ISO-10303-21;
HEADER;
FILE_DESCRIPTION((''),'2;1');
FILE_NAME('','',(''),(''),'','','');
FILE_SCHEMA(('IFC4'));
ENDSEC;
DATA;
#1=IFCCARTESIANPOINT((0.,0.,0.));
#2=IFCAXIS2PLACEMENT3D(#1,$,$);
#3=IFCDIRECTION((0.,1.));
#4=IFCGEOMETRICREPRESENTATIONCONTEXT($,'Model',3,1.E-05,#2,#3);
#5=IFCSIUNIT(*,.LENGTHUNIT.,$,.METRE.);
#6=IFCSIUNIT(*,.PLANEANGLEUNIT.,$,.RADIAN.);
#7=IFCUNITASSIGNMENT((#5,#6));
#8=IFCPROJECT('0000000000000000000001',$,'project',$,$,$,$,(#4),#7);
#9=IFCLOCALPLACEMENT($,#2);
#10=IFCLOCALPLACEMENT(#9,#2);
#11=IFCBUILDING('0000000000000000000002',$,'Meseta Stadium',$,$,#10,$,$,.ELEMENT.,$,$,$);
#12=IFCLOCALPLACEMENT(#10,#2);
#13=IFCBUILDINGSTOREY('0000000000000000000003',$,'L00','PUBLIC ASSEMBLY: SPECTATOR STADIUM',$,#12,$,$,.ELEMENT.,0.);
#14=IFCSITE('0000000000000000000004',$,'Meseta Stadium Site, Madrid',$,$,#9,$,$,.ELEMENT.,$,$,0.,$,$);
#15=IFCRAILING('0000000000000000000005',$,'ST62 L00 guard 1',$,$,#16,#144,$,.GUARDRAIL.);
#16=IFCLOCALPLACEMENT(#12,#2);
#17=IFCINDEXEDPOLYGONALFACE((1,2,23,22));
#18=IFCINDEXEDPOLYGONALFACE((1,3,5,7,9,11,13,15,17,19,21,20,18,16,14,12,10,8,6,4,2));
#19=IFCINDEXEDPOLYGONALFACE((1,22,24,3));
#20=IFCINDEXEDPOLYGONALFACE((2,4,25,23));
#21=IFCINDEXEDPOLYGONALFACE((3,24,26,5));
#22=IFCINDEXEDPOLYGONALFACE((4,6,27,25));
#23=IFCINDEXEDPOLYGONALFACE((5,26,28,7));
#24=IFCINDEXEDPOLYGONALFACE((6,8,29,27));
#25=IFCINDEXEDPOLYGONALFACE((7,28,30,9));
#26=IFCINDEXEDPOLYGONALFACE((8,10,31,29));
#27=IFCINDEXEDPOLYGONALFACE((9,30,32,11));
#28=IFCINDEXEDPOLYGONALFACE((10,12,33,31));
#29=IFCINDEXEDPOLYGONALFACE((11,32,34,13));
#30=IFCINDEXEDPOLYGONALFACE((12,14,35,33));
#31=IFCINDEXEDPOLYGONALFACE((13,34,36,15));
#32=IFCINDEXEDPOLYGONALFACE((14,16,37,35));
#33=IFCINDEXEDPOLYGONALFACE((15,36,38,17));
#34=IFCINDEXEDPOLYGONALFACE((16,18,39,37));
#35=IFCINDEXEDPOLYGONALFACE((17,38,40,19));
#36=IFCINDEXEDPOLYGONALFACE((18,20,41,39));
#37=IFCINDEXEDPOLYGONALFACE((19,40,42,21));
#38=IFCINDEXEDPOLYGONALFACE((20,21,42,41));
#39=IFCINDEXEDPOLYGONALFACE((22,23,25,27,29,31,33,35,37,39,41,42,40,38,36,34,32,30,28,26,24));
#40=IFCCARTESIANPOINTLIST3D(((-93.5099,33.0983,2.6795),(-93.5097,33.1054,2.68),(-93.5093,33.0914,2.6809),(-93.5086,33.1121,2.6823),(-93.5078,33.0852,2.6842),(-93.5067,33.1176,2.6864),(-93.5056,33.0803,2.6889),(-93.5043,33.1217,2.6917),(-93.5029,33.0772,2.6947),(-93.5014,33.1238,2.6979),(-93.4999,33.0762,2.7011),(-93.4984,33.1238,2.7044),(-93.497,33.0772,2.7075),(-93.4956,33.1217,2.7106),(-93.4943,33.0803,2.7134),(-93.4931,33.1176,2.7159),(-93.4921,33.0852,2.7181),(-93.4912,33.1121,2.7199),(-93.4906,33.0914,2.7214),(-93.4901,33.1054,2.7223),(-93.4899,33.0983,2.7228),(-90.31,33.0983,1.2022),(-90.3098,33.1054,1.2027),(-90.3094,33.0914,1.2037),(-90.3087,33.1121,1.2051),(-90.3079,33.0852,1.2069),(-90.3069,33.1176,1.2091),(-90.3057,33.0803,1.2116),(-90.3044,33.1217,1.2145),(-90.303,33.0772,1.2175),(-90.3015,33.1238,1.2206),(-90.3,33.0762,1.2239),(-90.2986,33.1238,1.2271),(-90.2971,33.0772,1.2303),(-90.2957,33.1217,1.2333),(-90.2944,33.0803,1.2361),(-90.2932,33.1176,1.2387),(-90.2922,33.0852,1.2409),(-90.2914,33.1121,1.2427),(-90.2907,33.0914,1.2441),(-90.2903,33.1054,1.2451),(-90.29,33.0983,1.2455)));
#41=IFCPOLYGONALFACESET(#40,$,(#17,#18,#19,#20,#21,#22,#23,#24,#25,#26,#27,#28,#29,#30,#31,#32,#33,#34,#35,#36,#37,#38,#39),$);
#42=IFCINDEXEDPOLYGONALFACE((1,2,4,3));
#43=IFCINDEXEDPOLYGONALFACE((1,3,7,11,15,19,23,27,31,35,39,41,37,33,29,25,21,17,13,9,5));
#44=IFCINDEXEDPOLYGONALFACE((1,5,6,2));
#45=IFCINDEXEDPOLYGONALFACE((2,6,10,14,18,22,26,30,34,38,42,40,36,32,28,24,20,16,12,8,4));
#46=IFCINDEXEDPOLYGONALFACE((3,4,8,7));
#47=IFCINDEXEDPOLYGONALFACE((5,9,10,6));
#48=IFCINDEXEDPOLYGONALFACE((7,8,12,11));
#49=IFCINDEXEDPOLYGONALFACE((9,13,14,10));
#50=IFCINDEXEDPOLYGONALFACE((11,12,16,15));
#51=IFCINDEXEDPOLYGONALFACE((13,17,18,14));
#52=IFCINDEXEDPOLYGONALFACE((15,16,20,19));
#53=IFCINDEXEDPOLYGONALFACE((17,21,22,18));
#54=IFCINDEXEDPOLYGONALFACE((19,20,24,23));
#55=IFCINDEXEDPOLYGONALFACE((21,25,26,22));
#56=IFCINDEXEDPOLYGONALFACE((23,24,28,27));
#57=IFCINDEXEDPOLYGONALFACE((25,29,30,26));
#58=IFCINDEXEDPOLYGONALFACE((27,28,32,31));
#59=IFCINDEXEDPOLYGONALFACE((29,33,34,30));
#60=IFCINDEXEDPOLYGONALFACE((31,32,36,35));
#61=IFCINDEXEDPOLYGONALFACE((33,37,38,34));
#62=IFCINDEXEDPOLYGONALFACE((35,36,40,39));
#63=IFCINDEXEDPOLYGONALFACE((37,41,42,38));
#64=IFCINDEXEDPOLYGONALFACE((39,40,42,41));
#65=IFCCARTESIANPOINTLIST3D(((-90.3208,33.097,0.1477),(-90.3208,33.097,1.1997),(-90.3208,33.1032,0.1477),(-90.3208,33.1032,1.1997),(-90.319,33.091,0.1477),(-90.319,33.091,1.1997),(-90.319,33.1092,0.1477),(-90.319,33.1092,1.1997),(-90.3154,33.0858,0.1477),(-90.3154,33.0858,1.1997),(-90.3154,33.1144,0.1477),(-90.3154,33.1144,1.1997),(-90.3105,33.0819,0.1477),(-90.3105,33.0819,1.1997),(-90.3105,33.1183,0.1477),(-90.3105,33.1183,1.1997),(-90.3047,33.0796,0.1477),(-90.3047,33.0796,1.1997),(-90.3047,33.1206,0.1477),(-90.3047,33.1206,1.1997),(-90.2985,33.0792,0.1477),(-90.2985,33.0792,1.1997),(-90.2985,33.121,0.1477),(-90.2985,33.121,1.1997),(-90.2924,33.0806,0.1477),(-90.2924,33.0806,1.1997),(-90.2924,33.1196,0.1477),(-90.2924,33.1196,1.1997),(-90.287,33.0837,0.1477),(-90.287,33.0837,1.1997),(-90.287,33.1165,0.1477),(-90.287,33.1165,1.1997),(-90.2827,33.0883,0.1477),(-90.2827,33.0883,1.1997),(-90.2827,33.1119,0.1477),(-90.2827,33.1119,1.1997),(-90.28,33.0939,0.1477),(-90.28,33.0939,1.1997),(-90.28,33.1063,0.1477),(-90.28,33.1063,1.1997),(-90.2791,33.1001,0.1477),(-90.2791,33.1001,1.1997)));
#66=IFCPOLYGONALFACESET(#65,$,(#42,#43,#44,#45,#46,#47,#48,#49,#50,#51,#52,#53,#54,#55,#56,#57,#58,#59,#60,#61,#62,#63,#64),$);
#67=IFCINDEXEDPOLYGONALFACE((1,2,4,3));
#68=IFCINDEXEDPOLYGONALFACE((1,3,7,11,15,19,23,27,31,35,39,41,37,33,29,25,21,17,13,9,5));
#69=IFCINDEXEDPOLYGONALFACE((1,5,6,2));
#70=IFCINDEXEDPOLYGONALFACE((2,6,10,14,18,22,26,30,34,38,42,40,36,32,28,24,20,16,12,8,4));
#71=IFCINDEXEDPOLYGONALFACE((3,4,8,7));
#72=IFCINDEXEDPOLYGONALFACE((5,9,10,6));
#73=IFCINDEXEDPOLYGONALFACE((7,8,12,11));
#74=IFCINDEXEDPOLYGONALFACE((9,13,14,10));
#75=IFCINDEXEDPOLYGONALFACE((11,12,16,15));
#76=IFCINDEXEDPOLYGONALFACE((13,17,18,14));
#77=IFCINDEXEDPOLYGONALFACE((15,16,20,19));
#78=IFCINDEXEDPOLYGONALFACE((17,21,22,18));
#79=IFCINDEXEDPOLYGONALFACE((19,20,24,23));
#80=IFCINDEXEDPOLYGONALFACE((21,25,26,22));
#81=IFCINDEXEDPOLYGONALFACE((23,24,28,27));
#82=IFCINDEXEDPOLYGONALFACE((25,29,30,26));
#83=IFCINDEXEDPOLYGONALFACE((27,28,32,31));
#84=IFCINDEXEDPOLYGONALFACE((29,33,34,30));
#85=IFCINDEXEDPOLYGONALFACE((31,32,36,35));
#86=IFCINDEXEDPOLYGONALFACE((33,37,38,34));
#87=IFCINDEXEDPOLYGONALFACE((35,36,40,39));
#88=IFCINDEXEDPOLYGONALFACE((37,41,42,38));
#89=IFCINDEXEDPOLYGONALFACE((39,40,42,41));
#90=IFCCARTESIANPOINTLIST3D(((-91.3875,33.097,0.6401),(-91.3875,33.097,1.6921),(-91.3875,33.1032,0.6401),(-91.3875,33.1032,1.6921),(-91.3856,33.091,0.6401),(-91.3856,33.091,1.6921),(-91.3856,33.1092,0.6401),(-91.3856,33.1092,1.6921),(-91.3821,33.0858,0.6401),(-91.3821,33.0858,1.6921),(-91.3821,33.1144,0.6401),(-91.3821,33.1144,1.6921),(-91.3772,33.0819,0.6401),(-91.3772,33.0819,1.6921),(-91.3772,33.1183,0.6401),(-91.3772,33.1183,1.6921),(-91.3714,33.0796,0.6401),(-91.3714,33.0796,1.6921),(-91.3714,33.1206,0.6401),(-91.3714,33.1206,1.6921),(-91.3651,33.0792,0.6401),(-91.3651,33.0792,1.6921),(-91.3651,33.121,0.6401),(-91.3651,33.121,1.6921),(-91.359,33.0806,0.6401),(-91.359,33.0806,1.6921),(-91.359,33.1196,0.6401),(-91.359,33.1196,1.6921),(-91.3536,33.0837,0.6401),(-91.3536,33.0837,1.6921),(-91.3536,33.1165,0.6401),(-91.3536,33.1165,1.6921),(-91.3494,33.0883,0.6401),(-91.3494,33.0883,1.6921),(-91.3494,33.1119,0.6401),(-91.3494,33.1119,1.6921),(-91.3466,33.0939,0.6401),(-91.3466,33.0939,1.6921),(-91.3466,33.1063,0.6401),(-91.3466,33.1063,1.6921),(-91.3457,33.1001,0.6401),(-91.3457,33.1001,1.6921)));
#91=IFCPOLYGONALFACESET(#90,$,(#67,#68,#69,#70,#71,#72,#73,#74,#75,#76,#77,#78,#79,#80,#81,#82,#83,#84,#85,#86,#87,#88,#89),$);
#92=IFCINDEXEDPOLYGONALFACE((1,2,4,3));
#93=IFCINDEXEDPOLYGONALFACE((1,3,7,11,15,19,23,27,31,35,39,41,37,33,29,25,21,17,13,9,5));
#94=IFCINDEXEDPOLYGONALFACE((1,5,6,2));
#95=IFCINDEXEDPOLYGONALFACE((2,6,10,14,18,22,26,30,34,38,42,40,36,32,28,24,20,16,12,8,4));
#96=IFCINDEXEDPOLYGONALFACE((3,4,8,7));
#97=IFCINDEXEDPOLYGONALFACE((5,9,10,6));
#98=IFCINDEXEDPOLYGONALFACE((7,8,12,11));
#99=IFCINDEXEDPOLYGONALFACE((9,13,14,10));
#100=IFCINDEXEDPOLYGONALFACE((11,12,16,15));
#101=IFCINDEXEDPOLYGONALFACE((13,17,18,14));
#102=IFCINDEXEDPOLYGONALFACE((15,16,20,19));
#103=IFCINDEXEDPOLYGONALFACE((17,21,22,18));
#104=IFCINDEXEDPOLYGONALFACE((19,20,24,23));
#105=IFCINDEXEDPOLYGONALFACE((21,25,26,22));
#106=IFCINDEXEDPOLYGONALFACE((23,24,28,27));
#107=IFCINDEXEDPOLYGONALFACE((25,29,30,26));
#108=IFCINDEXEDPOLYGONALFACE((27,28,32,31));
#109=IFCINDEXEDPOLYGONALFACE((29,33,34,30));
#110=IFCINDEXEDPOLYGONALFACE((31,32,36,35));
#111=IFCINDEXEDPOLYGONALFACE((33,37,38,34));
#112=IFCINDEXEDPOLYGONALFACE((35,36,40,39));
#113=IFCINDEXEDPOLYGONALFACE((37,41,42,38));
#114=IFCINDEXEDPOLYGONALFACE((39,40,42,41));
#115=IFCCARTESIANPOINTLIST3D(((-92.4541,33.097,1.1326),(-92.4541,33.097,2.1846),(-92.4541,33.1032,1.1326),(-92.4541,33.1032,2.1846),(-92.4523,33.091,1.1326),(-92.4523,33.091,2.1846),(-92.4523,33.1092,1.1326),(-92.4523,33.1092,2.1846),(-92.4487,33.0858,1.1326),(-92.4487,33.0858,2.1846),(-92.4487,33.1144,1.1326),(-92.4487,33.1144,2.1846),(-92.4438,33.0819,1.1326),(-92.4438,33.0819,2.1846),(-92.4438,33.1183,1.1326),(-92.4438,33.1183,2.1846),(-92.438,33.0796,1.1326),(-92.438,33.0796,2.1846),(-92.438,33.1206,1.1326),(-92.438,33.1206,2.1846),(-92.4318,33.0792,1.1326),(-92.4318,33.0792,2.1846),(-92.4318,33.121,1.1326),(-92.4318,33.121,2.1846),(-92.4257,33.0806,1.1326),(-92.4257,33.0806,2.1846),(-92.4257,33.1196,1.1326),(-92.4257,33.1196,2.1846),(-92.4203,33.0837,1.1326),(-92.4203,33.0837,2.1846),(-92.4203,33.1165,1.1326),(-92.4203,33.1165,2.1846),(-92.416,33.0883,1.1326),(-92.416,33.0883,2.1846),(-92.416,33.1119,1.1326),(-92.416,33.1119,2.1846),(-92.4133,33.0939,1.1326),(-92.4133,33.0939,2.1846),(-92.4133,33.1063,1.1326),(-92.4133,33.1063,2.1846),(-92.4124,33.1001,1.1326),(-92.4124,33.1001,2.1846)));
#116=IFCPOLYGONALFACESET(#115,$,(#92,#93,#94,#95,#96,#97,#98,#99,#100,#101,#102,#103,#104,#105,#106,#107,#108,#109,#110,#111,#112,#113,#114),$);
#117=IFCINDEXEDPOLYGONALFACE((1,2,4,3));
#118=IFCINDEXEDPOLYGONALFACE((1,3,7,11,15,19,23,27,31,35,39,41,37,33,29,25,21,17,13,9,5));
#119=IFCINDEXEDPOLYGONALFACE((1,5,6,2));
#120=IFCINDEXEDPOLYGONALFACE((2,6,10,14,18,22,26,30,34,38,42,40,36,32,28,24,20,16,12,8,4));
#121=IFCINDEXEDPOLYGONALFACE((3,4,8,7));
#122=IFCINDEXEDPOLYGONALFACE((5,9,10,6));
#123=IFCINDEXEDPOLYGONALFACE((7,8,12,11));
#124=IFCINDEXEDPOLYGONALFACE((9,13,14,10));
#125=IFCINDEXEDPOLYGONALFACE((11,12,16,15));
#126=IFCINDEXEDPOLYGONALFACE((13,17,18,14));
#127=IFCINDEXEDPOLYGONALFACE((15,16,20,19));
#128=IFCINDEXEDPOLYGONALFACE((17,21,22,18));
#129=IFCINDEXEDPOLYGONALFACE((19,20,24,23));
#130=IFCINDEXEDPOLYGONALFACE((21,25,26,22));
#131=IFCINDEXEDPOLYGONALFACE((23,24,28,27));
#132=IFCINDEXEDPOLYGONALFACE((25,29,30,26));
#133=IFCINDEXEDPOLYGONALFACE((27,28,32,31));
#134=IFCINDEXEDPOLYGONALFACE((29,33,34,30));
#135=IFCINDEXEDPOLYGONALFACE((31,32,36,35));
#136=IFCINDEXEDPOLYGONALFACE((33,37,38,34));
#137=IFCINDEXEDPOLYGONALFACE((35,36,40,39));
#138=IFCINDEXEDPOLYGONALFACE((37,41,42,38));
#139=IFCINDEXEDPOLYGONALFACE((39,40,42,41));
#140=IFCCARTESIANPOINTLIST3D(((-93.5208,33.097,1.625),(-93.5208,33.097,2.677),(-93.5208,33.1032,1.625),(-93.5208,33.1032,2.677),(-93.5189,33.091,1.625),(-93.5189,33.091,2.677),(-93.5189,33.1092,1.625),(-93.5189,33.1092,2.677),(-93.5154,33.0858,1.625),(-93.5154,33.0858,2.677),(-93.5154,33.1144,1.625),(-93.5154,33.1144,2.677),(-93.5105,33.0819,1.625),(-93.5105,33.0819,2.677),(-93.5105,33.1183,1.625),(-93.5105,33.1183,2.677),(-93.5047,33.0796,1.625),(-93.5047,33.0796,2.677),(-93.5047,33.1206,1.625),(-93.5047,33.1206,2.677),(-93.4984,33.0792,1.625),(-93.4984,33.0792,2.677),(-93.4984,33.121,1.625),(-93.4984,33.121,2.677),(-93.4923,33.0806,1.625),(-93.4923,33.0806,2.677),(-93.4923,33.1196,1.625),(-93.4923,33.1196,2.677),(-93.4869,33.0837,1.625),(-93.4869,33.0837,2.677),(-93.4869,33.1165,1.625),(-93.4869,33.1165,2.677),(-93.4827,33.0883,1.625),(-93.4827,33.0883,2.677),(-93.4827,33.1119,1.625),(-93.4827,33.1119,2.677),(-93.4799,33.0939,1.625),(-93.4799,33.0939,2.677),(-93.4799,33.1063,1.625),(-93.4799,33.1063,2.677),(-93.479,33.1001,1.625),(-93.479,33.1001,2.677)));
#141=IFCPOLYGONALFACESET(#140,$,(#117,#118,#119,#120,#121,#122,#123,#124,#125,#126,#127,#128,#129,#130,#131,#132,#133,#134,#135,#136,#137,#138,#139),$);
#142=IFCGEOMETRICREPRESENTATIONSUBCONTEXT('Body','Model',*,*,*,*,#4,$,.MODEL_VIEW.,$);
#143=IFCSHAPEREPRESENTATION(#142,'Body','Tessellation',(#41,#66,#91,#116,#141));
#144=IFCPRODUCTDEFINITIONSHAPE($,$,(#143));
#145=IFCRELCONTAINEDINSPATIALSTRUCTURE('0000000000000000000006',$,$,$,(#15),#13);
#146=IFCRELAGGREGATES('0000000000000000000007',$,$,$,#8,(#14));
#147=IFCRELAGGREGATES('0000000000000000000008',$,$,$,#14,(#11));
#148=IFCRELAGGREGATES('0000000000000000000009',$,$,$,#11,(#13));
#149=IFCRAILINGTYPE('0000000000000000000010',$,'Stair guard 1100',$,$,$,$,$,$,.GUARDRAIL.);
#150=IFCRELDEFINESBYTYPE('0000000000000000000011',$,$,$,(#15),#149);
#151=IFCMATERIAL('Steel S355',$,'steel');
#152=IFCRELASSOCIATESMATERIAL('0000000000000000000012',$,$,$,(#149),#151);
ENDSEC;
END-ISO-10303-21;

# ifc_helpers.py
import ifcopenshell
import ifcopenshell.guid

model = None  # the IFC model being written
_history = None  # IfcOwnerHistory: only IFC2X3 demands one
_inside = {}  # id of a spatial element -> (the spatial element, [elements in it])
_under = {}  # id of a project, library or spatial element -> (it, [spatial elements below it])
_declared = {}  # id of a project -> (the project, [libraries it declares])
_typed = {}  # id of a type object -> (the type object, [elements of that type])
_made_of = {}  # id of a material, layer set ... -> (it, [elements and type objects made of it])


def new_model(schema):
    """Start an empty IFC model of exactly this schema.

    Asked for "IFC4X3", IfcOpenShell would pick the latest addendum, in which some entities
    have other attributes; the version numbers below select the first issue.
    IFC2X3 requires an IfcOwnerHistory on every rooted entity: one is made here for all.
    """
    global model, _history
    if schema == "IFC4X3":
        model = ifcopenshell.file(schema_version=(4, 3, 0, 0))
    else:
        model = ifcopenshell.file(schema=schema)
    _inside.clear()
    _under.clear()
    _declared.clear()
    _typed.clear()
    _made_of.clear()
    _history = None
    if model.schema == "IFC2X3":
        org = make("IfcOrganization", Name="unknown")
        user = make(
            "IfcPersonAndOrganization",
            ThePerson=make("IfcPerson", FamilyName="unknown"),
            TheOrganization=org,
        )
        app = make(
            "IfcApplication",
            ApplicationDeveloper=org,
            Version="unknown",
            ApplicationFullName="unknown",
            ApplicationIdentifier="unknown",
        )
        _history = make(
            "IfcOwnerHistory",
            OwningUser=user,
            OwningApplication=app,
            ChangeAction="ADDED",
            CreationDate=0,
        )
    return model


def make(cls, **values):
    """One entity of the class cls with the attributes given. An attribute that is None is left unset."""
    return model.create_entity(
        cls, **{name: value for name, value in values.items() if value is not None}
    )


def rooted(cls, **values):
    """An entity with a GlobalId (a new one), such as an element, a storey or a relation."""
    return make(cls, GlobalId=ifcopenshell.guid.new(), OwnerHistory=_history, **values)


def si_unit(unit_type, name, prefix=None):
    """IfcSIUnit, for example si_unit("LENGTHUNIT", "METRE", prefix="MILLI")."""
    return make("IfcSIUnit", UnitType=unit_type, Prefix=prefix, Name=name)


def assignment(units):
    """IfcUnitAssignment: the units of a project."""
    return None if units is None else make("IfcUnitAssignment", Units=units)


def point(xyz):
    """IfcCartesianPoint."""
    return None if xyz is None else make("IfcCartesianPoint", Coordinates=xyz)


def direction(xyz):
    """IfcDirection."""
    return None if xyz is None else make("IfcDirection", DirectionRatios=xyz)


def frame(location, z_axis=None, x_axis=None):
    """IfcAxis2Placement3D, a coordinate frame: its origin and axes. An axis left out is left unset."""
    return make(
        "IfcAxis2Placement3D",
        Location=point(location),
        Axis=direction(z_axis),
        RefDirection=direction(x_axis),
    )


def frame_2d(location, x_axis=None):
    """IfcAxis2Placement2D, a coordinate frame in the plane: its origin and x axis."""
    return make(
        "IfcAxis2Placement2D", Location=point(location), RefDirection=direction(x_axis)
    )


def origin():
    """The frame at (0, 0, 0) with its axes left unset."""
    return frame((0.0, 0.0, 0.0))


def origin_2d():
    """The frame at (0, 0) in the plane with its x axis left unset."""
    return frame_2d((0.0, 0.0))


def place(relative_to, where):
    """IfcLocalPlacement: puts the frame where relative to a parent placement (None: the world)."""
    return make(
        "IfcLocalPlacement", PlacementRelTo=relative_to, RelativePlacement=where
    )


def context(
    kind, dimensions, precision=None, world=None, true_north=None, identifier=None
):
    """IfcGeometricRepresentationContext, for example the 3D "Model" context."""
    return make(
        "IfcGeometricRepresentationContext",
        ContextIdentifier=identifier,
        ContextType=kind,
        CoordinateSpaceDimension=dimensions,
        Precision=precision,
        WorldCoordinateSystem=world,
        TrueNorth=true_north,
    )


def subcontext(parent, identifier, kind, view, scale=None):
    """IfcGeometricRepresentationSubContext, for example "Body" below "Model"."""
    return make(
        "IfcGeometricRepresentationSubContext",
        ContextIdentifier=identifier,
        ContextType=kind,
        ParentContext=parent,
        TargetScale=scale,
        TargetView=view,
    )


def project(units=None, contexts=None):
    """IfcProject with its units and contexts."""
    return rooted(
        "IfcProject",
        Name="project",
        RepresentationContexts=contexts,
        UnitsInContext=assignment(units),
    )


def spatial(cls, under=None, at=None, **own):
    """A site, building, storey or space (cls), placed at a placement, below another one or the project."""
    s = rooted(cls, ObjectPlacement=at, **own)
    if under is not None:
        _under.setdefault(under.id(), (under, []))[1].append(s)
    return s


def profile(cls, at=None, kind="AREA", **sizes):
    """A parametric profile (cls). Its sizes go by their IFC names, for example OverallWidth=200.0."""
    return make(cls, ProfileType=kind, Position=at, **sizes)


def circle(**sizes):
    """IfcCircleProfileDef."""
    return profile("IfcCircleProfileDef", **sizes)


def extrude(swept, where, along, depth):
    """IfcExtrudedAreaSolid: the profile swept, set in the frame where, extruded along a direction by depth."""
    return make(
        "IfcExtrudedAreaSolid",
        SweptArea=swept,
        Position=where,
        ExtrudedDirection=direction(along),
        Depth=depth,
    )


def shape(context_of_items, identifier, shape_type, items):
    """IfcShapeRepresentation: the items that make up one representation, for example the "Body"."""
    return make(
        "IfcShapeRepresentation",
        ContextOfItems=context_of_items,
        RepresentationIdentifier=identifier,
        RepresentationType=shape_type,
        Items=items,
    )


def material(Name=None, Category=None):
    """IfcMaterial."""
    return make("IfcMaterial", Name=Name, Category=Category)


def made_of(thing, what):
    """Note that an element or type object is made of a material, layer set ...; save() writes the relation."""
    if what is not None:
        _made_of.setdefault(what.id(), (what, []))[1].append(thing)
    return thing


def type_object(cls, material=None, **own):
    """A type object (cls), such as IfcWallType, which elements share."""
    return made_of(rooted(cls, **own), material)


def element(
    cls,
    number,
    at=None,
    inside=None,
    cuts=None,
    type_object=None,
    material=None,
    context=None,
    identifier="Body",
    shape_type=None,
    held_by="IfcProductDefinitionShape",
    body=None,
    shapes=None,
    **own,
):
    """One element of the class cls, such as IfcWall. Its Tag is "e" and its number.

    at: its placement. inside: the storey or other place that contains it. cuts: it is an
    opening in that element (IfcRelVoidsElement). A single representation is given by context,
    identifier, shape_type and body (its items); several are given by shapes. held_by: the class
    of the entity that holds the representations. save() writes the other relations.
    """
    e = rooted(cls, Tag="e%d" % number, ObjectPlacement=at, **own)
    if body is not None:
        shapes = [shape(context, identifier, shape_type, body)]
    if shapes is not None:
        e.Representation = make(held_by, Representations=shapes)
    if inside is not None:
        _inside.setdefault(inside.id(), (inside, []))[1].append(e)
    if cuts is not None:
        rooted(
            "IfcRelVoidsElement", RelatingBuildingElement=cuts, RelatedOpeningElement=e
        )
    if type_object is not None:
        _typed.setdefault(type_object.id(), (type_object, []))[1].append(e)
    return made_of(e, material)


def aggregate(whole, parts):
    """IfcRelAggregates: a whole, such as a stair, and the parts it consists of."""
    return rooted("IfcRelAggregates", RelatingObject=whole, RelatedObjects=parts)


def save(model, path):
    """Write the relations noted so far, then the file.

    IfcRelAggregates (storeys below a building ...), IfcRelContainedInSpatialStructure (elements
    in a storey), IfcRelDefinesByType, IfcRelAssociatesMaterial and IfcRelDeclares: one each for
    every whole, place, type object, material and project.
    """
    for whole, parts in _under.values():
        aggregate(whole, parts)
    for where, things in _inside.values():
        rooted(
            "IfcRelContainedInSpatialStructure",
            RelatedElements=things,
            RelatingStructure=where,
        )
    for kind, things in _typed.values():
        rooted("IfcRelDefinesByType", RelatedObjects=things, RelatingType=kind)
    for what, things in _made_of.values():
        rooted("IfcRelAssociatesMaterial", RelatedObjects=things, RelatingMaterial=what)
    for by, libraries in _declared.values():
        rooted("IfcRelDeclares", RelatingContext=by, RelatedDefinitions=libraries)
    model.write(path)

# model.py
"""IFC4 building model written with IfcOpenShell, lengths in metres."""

from ifc_helpers import new_model, si_unit, direction, frame, origin, origin_2d, place, context, subcontext, project, spatial, circle, extrude, material, type_object, element, save


model = new_model("IFC4")

# Units and contexts
model_context = context("Model", 3, precision=1e-05, world=origin(), true_north=direction((0.0, 1.0)))
body_context = subcontext(model_context, "Body", "Model", "MODEL_VIEW")
ifc_project = project(units=[si_unit("LENGTHUNIT", "METRE"), si_unit("PLANEANGLEUNIT", "RADIAN")], contexts=[model_context])

# Site, building, storey
site_placement = place(None, origin())
site = spatial("IfcSite", under=ifc_project, at=site_placement, Name="Meseta Stadium Site, Madrid", CompositionType="ELEMENT", RefElevation=0.0)
building_placement = place(site_placement, origin())
building = spatial("IfcBuilding", under=site, at=building_placement, Name="Meseta Stadium", CompositionType="ELEMENT")
storey_placement = place(building_placement, origin())
storey = spatial("IfcBuildingStorey", under=building, at=storey_placement, Name="L00", Description="PUBLIC ASSEMBLY: SPECTATOR STADIUM", CompositionType="ELEMENT", Elevation=0.0)

# Railing
ifc_material_1 = material(Name="Steel S355", Category="steel")
railing_type_1 = type_object("IfcRailingType", Name="Stair guard 1100", PredefinedType="GUARDRAIL", material=ifc_material_1)
railing_1_placement = place(storey_placement, frame((-90.3, 33.1001, 0.1477)))
element("IfcRailing", 1, at=railing_1_placement, inside=storey, type_object=railing_type_1, Name="ST62 L00 guard 1", PredefinedType="GUARDRAIL", context=body_context, shape_type="SweptSolid", body=[
    extrude(circle(Radius=0.0239, at=origin_2d()), frame((0.0, 0.0, 1.0762), z_axis=(-0.907917, 0.0, 0.41915), x_axis=(0.0, -1.0, 0.0)), (0.0, 0.0, 1.0), 3.5244),
    extrude(circle(Radius=0.021, at=origin_2d()), origin(), (0.0, 0.0, 1.0), 1.052),
    extrude(circle(Radius=0.021, at=origin_2d()), frame((-1.0667, 0.0, 0.4924)), (0.0, 0.0, 1.0), 1.052),
    extrude(circle(Radius=0.021, at=origin_2d()), frame((-2.1333, 0.0, 0.9849)), (0.0, 0.0, 1.0), 1.052),
    extrude(circle(Radius=0.021, at=origin_2d()), frame((-3.2, 0.0, 1.4773)), (0.0, 0.0, 1.0), 1.052),
])

save(model, "model.ifc")
